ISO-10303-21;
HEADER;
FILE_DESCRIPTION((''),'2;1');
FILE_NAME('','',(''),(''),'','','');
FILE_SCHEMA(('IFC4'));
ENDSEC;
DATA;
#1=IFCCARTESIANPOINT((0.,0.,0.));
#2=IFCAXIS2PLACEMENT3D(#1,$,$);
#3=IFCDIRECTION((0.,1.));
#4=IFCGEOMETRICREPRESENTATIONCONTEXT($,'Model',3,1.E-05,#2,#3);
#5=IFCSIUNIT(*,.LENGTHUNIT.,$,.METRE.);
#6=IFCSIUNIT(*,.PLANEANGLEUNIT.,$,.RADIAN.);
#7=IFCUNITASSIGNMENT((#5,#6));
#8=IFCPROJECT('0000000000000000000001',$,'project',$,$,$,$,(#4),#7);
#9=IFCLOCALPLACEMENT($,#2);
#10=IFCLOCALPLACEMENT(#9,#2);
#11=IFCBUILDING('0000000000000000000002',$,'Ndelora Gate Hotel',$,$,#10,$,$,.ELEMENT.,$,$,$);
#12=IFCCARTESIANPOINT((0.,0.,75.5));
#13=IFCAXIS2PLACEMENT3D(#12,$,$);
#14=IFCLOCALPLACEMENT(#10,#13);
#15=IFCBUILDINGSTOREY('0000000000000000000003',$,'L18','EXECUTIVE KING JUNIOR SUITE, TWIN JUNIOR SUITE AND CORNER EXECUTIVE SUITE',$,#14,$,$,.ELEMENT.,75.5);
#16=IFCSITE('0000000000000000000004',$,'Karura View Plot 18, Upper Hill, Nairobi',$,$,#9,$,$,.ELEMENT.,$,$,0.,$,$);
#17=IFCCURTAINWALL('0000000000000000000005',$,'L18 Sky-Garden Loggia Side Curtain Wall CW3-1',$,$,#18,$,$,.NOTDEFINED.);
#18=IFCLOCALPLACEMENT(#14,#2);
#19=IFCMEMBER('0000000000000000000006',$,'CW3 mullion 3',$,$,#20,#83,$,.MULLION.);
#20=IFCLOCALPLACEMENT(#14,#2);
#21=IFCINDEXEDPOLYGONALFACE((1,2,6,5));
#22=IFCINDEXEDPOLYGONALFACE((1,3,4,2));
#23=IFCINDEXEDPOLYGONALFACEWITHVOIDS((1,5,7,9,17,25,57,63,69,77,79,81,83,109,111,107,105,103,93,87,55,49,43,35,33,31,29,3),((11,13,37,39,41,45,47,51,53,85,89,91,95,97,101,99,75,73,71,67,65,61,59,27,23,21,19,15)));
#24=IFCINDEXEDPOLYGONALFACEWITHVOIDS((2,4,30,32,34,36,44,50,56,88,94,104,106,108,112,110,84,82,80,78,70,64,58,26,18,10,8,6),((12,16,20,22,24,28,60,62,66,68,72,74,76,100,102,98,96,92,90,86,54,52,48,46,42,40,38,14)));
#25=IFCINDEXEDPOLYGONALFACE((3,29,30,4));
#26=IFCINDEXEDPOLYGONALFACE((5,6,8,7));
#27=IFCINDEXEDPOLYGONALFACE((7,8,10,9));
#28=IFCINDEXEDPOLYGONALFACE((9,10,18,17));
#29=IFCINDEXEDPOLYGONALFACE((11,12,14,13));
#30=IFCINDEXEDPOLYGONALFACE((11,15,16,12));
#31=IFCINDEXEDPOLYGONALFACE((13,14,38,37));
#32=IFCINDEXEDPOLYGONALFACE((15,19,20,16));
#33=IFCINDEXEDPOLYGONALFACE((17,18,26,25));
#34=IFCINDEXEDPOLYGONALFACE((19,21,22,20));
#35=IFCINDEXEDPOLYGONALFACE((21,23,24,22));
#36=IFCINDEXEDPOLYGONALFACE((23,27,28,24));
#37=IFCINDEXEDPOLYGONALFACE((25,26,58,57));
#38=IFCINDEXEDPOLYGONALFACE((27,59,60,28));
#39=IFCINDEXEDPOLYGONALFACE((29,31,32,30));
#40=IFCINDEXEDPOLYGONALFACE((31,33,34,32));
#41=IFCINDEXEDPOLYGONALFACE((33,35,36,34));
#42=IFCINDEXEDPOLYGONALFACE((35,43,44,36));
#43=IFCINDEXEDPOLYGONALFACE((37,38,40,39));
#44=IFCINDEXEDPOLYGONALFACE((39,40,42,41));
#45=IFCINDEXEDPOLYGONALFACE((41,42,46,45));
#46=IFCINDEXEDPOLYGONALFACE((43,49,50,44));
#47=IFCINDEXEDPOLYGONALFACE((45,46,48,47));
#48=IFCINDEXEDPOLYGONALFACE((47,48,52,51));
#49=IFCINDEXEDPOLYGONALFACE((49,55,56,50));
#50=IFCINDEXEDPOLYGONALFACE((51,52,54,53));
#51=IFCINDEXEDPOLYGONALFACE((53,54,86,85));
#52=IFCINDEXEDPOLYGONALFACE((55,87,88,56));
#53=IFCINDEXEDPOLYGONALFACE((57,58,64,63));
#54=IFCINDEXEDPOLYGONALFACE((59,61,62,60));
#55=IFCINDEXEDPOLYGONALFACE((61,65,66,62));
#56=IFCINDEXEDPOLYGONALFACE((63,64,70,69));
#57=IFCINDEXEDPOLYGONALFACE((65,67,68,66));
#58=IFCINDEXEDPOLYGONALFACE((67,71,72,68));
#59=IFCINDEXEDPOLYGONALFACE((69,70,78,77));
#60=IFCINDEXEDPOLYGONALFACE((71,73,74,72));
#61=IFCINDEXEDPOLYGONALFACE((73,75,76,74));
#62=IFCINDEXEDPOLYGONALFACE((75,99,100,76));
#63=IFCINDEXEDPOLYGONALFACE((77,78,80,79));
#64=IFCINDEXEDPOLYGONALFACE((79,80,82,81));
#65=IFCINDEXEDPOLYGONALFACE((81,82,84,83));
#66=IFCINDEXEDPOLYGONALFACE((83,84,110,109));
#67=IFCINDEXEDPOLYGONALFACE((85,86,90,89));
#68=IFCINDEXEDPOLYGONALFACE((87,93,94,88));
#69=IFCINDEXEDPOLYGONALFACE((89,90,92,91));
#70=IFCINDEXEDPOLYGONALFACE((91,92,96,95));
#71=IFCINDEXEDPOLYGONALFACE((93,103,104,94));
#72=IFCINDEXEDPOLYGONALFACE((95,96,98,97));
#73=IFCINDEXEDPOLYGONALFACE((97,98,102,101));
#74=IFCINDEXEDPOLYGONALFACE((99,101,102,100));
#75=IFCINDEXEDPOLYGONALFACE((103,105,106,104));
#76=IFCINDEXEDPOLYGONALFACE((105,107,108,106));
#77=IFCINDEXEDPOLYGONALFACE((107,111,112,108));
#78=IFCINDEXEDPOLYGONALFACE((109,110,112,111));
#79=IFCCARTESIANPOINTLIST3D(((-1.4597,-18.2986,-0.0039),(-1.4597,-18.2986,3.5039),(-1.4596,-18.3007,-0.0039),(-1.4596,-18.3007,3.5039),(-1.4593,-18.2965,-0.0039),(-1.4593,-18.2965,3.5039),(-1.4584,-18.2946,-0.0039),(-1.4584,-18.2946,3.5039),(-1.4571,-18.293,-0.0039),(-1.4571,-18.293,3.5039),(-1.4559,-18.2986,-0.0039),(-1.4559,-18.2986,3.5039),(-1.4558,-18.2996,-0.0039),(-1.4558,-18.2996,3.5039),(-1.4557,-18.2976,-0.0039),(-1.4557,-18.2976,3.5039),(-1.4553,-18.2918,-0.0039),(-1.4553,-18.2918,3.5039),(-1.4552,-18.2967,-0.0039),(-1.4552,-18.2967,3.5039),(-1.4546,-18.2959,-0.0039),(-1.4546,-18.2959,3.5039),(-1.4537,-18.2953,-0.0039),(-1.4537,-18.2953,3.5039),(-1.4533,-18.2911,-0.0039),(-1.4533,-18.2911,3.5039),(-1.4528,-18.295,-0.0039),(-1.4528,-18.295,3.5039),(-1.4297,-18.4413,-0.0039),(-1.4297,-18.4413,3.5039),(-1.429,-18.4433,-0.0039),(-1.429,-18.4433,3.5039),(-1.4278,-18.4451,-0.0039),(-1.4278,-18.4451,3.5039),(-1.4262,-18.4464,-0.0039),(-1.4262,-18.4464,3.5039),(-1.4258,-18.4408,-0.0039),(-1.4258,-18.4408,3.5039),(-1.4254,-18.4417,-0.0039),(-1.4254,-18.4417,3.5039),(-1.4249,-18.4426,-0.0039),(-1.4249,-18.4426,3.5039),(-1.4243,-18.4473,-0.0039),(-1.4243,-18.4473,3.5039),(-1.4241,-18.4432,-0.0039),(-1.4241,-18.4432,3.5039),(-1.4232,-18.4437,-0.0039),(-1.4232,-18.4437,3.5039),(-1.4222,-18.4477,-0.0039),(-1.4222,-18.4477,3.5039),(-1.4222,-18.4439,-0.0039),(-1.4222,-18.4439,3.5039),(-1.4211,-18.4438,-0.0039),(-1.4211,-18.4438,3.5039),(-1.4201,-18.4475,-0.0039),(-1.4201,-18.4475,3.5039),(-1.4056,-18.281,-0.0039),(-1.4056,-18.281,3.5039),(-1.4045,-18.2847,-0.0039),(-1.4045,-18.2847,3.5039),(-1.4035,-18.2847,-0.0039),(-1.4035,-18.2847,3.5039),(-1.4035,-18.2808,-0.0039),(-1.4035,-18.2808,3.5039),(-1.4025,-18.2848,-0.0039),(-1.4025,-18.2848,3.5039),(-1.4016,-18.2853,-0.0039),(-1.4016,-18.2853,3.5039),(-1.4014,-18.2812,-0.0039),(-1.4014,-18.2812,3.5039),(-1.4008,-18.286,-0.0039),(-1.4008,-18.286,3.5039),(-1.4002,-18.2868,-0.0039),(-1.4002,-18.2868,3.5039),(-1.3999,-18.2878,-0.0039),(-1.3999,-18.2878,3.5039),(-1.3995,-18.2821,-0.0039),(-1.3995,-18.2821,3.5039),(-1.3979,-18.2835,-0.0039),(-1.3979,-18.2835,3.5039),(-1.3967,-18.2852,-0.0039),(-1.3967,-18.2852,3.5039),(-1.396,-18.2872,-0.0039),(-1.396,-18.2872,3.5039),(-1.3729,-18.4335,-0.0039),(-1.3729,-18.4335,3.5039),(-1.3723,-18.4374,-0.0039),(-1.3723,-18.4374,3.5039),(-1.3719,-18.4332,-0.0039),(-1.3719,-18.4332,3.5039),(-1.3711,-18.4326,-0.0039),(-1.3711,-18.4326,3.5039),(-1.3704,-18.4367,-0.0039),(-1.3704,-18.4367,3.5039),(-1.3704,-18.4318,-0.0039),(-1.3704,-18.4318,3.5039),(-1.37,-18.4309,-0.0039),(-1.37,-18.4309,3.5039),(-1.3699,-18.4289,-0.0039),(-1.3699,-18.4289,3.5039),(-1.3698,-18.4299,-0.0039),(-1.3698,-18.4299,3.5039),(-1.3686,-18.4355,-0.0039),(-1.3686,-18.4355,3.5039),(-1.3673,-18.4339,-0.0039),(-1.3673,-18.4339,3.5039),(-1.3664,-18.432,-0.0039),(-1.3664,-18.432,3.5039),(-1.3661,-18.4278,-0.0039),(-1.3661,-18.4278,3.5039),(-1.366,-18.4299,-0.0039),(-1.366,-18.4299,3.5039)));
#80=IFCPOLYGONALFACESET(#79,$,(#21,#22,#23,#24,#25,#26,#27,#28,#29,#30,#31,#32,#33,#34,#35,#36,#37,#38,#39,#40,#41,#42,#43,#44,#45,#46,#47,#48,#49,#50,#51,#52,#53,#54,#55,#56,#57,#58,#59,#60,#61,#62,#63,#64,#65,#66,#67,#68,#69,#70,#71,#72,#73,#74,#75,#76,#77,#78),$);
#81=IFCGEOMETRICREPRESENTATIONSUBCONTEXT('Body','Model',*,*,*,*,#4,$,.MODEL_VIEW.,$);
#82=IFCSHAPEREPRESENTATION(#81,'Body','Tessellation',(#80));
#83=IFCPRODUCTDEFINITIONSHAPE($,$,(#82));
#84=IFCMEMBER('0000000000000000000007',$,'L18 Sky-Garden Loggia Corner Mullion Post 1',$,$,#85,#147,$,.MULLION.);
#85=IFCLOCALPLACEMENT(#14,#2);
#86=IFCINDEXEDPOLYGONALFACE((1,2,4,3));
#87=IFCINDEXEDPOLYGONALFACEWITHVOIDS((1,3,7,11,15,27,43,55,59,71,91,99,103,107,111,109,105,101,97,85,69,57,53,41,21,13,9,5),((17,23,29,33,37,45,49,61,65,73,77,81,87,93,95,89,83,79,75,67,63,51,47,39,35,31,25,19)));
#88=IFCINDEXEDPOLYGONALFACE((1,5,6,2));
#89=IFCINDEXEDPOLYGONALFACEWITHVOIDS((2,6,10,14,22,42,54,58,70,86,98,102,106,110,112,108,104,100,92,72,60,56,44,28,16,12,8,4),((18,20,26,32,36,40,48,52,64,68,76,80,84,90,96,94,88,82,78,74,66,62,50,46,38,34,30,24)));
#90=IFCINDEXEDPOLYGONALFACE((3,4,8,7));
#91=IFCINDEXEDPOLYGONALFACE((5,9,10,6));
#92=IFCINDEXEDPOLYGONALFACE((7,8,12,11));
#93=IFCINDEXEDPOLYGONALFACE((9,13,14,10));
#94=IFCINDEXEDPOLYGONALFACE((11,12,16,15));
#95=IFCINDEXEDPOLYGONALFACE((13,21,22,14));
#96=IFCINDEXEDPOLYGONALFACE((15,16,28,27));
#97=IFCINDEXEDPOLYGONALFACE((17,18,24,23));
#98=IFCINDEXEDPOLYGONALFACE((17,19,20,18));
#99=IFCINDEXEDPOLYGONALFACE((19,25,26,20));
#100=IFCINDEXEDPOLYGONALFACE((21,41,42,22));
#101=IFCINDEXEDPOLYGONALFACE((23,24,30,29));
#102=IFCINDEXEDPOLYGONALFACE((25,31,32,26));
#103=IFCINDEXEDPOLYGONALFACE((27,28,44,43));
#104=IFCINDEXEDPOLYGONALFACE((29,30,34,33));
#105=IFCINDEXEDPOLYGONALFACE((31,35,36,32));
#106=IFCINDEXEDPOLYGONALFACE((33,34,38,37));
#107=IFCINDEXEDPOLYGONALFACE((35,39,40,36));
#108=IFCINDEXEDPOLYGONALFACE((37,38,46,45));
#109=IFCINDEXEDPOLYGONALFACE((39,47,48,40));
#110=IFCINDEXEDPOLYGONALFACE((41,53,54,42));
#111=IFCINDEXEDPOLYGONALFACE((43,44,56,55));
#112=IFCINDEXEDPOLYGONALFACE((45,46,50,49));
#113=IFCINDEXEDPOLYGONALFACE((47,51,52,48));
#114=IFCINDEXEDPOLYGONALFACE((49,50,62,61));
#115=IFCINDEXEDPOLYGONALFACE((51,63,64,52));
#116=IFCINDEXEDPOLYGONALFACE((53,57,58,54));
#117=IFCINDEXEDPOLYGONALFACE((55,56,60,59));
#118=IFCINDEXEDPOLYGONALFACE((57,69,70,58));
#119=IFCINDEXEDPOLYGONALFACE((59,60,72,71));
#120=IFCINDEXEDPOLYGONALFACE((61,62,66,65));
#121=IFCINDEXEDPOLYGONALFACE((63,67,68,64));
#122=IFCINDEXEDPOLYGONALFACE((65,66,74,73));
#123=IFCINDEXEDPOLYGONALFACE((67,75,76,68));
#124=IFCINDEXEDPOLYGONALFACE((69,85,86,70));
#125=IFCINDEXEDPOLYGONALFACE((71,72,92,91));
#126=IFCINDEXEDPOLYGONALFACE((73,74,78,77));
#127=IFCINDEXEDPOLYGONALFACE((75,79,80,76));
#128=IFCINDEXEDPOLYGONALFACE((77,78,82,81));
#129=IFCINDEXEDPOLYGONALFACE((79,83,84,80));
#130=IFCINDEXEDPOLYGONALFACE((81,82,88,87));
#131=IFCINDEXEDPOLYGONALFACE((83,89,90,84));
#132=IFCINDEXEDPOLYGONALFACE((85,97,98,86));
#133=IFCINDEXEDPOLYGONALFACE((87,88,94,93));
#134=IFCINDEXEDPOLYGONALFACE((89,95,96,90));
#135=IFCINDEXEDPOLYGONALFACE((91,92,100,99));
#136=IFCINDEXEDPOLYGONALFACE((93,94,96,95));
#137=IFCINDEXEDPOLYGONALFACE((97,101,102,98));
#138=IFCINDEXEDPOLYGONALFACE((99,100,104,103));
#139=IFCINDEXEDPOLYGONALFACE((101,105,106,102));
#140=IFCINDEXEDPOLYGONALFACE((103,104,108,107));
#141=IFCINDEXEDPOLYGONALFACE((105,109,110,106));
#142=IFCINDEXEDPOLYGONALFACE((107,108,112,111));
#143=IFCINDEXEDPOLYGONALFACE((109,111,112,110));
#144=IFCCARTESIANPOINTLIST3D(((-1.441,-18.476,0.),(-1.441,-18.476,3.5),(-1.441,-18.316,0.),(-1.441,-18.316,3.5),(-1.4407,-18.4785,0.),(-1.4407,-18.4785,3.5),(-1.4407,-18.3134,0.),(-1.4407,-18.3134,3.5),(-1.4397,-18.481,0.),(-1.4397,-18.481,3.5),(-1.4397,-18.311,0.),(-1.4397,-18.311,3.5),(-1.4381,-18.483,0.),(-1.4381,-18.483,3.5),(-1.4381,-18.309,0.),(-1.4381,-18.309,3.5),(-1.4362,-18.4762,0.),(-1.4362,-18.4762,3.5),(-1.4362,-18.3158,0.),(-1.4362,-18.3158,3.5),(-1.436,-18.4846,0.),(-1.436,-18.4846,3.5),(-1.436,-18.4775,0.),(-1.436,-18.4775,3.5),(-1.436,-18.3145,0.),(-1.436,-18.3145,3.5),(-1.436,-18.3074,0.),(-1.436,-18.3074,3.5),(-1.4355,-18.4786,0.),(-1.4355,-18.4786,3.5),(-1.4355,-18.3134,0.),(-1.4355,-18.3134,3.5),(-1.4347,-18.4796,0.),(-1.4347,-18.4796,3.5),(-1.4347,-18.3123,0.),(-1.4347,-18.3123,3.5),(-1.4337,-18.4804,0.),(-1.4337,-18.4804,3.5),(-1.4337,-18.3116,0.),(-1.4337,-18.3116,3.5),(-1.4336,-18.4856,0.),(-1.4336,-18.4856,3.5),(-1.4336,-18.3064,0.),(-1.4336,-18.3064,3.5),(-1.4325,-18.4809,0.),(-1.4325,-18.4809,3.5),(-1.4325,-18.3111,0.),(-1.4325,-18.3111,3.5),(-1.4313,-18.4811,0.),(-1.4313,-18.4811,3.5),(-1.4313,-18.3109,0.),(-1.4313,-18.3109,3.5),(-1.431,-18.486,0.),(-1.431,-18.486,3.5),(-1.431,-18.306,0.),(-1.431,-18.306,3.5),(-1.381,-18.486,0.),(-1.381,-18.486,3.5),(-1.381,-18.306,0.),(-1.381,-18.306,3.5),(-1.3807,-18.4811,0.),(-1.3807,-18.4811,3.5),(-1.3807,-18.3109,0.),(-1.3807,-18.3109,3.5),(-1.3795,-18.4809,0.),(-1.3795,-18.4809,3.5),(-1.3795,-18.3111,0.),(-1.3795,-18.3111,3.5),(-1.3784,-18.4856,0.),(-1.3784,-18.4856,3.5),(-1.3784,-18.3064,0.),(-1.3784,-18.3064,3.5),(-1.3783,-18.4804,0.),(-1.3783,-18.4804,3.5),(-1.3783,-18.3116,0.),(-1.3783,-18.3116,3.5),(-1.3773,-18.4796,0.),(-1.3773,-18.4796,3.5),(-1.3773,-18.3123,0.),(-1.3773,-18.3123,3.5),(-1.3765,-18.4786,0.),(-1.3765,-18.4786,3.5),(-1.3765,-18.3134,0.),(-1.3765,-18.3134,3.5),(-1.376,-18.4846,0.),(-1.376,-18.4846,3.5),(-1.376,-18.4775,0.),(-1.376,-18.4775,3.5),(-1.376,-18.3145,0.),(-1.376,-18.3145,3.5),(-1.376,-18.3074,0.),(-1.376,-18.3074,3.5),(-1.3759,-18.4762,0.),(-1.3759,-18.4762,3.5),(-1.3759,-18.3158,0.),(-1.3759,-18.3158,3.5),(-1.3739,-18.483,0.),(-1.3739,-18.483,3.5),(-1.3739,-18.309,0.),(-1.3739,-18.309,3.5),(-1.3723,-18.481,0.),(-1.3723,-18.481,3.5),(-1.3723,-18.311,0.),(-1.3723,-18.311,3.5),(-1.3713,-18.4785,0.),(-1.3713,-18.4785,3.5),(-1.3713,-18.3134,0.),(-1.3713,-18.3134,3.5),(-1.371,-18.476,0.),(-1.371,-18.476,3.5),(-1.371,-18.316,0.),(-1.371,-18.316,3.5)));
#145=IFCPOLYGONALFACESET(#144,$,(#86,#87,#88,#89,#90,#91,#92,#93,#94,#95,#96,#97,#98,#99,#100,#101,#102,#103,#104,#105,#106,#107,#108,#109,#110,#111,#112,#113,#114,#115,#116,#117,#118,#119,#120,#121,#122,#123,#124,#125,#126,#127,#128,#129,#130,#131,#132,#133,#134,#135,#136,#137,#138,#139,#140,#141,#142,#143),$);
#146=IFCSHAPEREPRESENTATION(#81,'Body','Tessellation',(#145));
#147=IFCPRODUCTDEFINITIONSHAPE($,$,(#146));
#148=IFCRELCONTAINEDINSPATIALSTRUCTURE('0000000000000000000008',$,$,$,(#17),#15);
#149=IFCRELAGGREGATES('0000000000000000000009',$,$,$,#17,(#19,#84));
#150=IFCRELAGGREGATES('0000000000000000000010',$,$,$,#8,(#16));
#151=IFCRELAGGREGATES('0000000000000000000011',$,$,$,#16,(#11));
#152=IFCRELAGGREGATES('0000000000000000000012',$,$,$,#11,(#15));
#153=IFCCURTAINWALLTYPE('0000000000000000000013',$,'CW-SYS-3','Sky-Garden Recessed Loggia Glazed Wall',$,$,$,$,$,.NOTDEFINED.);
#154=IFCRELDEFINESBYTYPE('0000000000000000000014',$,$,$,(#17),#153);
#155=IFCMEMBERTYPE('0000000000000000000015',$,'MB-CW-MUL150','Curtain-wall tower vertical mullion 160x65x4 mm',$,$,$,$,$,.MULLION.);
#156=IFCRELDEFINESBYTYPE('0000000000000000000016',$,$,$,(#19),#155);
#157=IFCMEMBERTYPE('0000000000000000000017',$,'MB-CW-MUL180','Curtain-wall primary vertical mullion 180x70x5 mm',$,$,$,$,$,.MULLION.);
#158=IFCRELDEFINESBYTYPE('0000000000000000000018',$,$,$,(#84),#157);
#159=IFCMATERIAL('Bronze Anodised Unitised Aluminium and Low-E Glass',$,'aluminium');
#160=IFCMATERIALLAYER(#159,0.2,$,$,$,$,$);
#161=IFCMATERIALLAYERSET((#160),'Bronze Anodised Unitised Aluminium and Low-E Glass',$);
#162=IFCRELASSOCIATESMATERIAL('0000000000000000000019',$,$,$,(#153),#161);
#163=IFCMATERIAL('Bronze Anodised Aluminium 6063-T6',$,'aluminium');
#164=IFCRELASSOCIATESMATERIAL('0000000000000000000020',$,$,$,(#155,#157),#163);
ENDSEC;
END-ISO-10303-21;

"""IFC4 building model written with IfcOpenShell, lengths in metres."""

from ifc_helpers import new_model, si_unit, direction, frame, origin, origin_2d, place, context, subcontext, project, spatial, hollow_rectangle, extrude, material, layer, layer_set, material_profile, profile_set, type_object, element, aggregate, save


model = new_model("IFC4")

# Units and contexts
model_context = context("Model", 3, precision=1e-05, world=origin(), true_north=direction((0.0, 1.0)))
body_context = subcontext(model_context, "Body", "Model", "MODEL_VIEW")
ifc_project = project(units=[si_unit("LENGTHUNIT", "METRE"), si_unit("PLANEANGLEUNIT", "RADIAN")], contexts=[model_context])

# Site, building, storey
site_placement = place(None, origin())
site = spatial("IfcSite", under=ifc_project, at=site_placement, Name="Karura View Plot 18, Upper Hill, Nairobi", CompositionType="ELEMENT", RefElevation=0.0)
building_placement = place(site_placement, origin())
building = spatial("IfcBuilding", under=site, at=building_placement, Name="Ndelora Gate Hotel", CompositionType="ELEMENT")
storey_placement = place(building_placement, frame((0.0, 0.0, 75.5)))
storey = spatial("IfcBuildingStorey", under=building, at=storey_placement, Name="L18", Description="EXECUTIVE KING JUNIOR SUITE, TWIN JUNIOR SUITE AND CORNER EXECUTIVE SUITE", CompositionType="ELEMENT", Elevation=75.5)

# Curtain wall, members
ifc_material_1 = material(Name="Bronze Anodised Unitised Aluminium and Low-E Glass", Category="aluminium")
ifc_layer_1 = layer(ifc_material_1, 0.2)
ifc_layer_set_1 = layer_set([ifc_layer_1], Name="Bronze Anodised Unitised Aluminium and Low-E Glass")
curtain_wall_type = type_object("IfcCurtainWallType", Name="CW-SYS-3", Description="Sky-Garden Recessed Loggia Glazed Wall", PredefinedType="NOTDEFINED", material=ifc_layer_set_1)
curtain_wall_placement = place(storey_placement, origin())
curtain_wall = element("IfcCurtainWall", 1, at=curtain_wall_placement, inside=storey, type_object=curtain_wall_type, Name="L18 Sky-Garden Loggia Side Curtain Wall CW3-1", PredefinedType="NOTDEFINED")
ifc_material_2 = material(Name="Bronze Anodised Aluminium 6063-T6", Category="aluminium")
ifc_material_profile_1 = material_profile(ifc_material_2, hollow_rectangle(XDim=0.0649, YDim=0.1599, WallThickness=0.0039, InnerFilletRadius=0.0039, OuterFilletRadius=0.0081, at=origin_2d()), Name="ALU 160x65x4")
ifc_profile_set_1 = profile_set([ifc_material_profile_1], Name="Bronze Anodised Aluminium 6063-T6")
member_type_1 = type_object("IfcMemberType", Name="MB-CW-MUL150", Description="Curtain-wall tower vertical mullion 160x65x4 mm", PredefinedType="MULLION", material=ifc_profile_set_1)
member_1_placement = place(storey_placement, frame((-1.4128, -18.3643, -0.0039), z_axis=(0.0, 0.0, 1.0), x_axis=(0.978148, 0.207911, 0.0)))
member_1 = element("IfcMember", 2, at=member_1_placement, type_object=member_type_1, Name="CW3 mullion 3", PredefinedType="MULLION", context=body_context, shape_type="SweptSolid", body=[
    extrude(hollow_rectangle(XDim=0.0649, YDim=0.1599, WallThickness=0.0039, InnerFilletRadius=0.0039, OuterFilletRadius=0.0081, at=origin_2d()), origin(), (0.0, 0.0, 1.0), 3.5078),
])
ifc_material_profile_2 = material_profile(ifc_material_2, hollow_rectangle(XDim=0.0701, YDim=0.1799, WallThickness=0.0049, InnerFilletRadius=0.0049, OuterFilletRadius=0.01, at=origin_2d()), Name="ALU 180x70x5")
ifc_profile_set_2 = profile_set([ifc_material_profile_2], Name="Bronze Anodised Aluminium 6063-T6")
member_type_2 = type_object("IfcMemberType", Name="MB-CW-MUL180", Description="Curtain-wall primary vertical mullion 180x70x5 mm", PredefinedType="MULLION", material=ifc_profile_set_2)
member_2_placement = place(storey_placement, frame((-1.406, -18.396, 0.0), z_axis=(0.0, 0.0, 1.0), x_axis=(1.0, 0.0, 0.0)))
member_2 = element("IfcMember", 3, at=member_2_placement, type_object=member_type_2, Name="L18 Sky-Garden Loggia Corner Mullion Post 1", PredefinedType="MULLION", context=body_context, shape_type="SweptSolid", body=[
    extrude(hollow_rectangle(XDim=0.0701, YDim=0.1799, WallThickness=0.0049, InnerFilletRadius=0.0049, OuterFilletRadius=0.01, at=origin_2d()), origin(), (0.0, 0.0, 1.0), 3.5),
])
aggregate(curtain_wall, [member_1, member_2])

save(model, "model.ifc")
